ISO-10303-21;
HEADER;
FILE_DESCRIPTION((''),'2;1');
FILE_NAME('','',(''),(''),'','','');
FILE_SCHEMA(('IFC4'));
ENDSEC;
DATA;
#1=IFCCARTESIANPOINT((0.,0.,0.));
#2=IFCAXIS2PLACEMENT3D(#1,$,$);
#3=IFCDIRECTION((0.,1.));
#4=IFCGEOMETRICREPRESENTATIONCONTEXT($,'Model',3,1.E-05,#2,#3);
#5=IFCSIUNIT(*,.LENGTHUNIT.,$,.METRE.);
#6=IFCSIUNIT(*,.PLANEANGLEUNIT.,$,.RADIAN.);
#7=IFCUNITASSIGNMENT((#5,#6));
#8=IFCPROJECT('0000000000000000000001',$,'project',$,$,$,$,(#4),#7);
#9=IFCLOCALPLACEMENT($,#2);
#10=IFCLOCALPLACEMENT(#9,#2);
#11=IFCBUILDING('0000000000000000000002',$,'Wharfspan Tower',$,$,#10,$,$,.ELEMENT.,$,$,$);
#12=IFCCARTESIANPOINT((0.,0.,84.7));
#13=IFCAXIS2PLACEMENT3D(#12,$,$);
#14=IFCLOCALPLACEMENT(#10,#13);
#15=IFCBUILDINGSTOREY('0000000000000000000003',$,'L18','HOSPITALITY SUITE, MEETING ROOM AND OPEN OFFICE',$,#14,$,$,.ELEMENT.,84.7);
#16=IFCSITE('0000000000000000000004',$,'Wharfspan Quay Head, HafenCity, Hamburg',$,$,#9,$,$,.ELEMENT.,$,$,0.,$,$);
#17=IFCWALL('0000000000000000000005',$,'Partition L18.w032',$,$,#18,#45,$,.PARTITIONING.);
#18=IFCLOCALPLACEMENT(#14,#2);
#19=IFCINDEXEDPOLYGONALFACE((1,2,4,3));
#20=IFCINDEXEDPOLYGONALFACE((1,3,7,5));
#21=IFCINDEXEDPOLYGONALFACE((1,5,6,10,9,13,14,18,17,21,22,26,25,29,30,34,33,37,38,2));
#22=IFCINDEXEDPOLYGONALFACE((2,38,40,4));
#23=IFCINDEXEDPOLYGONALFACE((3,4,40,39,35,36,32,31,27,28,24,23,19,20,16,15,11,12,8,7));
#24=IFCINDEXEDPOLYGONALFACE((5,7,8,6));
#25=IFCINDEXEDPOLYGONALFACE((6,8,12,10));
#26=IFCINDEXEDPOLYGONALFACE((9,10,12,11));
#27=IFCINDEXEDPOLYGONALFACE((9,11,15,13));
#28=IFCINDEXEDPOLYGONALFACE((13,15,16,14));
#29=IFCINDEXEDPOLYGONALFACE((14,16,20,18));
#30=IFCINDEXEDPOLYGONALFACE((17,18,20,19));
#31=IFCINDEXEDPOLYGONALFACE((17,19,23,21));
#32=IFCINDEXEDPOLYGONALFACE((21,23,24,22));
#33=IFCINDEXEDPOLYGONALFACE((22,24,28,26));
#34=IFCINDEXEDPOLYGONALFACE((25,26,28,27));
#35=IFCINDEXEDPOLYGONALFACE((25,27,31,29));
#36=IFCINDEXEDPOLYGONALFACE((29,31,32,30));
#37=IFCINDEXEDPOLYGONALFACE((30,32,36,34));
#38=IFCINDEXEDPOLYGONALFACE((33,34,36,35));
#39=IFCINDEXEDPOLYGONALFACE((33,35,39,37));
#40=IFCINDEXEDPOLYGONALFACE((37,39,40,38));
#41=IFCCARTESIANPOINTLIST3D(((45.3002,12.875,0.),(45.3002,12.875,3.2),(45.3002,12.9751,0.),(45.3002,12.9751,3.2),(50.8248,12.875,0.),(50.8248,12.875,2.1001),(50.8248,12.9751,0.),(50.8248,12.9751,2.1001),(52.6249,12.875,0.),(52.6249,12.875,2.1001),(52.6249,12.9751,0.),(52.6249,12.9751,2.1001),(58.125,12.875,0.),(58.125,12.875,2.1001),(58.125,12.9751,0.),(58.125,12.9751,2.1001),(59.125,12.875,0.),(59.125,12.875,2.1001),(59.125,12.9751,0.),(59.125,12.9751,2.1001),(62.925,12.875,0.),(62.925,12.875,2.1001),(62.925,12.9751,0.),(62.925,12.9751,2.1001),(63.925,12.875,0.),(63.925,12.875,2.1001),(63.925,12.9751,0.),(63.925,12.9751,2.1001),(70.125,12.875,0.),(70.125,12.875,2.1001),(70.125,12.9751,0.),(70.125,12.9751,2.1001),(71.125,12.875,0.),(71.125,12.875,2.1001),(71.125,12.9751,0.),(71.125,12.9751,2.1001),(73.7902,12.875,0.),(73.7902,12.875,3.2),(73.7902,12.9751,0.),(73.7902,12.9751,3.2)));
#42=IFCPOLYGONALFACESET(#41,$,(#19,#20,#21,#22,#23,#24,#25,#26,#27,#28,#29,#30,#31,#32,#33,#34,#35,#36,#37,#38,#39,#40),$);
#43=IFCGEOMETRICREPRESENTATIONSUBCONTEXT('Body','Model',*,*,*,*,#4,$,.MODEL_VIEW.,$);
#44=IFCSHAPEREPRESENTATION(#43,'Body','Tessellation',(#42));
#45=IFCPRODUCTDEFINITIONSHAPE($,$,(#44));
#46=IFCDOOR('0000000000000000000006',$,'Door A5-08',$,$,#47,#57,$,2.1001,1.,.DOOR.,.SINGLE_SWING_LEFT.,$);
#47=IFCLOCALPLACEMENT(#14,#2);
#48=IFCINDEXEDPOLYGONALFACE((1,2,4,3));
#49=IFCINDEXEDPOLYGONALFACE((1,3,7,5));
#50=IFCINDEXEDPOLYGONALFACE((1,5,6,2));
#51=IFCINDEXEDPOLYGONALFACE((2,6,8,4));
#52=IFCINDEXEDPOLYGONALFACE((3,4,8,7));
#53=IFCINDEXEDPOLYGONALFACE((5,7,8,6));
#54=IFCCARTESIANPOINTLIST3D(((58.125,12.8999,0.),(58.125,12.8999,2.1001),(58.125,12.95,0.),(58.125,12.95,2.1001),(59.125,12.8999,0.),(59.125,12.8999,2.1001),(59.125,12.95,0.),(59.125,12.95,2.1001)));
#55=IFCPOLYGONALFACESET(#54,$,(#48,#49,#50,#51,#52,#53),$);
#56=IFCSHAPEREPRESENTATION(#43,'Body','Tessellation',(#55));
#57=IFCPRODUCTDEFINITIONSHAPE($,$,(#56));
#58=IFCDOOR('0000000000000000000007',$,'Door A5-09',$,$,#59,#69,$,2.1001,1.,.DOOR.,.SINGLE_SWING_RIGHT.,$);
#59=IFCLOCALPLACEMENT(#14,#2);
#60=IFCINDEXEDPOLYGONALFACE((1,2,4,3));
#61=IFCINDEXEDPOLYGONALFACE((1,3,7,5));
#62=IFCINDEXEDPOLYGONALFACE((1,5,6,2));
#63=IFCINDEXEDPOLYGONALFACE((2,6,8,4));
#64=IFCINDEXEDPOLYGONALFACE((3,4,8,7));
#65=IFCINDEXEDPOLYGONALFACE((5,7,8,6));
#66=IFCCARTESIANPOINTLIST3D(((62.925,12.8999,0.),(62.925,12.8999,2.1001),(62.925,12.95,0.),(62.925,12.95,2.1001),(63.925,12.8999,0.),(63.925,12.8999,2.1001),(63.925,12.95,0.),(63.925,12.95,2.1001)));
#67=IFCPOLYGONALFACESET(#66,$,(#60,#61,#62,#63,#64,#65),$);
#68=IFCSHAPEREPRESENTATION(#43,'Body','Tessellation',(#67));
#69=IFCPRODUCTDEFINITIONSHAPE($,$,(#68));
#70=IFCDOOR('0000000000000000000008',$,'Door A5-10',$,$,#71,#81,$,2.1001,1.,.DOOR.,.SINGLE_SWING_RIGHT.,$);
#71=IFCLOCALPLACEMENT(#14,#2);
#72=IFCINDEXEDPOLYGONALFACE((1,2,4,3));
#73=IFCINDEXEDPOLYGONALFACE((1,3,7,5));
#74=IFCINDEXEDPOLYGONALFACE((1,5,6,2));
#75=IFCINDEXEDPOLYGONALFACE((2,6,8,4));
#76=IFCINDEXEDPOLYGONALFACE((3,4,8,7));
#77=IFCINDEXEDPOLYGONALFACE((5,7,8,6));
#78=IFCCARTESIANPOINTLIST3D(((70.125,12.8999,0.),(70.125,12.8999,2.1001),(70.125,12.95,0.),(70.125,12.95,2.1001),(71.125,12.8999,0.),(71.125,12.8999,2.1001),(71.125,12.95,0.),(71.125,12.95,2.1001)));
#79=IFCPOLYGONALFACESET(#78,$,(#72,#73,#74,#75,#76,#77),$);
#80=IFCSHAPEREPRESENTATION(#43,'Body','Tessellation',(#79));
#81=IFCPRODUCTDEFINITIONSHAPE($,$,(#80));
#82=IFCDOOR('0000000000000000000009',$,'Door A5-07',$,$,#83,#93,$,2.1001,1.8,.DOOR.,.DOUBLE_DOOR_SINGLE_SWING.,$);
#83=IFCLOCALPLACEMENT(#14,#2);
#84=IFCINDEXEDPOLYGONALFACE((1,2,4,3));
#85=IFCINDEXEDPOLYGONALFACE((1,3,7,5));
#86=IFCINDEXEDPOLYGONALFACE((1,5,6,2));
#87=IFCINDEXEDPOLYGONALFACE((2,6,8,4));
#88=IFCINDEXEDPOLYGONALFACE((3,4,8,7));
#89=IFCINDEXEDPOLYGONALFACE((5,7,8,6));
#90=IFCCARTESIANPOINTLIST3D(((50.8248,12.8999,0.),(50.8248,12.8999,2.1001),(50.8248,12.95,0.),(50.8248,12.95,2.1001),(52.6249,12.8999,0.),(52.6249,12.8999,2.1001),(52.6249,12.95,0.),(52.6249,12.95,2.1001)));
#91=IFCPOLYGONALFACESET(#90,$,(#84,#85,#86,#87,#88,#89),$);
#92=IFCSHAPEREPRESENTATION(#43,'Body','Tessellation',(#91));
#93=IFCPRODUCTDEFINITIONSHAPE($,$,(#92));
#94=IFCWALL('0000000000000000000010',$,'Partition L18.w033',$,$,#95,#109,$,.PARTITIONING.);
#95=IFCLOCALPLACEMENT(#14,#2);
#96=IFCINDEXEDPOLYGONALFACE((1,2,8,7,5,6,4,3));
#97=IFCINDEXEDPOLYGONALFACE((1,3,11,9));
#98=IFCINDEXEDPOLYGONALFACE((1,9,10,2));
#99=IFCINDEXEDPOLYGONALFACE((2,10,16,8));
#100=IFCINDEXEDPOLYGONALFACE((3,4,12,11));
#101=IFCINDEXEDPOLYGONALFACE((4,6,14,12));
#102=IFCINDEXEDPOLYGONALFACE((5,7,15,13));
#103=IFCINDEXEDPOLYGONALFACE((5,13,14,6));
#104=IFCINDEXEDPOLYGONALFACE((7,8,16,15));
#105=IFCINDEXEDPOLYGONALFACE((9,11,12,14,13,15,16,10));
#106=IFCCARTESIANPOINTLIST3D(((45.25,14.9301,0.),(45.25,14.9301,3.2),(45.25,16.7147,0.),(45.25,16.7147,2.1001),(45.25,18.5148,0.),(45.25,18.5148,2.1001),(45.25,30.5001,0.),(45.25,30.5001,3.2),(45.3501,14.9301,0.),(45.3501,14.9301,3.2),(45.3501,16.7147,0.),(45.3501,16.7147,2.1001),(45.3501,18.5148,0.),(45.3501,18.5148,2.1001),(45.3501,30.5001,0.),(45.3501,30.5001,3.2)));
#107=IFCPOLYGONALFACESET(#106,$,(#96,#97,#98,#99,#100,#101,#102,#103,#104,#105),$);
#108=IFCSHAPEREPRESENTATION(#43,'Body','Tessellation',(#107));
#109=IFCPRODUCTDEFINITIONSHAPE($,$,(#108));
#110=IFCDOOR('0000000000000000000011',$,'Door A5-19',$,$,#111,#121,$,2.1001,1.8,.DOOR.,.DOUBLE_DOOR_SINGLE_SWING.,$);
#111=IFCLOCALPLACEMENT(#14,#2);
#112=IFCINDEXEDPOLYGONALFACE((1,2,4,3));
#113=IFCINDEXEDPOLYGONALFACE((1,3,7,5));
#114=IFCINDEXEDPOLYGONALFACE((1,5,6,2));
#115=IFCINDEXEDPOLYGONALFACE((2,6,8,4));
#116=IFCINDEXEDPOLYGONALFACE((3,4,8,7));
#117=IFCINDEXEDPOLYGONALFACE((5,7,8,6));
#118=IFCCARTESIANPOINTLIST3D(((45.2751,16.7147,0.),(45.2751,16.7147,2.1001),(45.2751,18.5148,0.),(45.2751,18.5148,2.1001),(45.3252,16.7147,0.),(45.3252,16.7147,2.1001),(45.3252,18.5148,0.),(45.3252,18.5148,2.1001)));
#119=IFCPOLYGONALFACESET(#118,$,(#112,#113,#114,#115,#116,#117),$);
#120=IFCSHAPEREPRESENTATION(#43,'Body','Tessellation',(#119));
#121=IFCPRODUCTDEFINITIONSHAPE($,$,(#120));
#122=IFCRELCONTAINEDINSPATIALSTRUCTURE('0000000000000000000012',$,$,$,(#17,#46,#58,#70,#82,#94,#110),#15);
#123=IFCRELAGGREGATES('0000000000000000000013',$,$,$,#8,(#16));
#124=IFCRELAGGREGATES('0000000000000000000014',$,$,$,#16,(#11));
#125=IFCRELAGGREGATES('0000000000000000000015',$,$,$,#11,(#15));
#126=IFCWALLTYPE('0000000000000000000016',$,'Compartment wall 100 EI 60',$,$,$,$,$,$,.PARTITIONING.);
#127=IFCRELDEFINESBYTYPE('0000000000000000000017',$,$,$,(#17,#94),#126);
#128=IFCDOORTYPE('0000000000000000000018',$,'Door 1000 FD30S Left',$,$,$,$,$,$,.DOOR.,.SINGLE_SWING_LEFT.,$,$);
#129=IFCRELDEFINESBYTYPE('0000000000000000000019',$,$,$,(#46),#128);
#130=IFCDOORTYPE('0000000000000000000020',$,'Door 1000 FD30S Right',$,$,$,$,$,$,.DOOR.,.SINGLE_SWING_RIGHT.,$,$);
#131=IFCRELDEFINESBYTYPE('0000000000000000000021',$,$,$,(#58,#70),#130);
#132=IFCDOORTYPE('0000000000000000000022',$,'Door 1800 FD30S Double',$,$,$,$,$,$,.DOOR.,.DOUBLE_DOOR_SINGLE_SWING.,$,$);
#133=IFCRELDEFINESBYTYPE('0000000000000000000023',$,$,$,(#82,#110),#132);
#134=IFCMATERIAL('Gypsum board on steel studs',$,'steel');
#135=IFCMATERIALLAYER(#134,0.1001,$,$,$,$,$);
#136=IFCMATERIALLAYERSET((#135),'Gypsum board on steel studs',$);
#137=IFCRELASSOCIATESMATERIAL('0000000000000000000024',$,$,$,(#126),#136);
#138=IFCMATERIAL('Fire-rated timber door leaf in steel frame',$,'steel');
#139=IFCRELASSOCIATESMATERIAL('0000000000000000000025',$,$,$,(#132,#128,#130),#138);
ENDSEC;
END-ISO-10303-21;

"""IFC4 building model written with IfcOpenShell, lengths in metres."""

from ifc_helpers import new_model, si_unit, direction, frame, frame_2d, origin, place, context, subcontext, project, spatial, rectangle, extrude, material, layer, layer_set, type_object, element, fill, save


model = new_model("IFC4")

# Units and contexts
model_context = context("Model", 3, precision=1e-05, world=origin(), true_north=direction((0.0, 1.0)))
body_context = subcontext(model_context, "Body", "Model", "MODEL_VIEW")
ifc_project = project(units=[si_unit("LENGTHUNIT", "METRE"), si_unit("PLANEANGLEUNIT", "RADIAN")], contexts=[model_context])

# Site, building, storey
site_placement = place(None, origin())
site = spatial("IfcSite", under=ifc_project, at=site_placement, Name="Wharfspan Quay Head, HafenCity, Hamburg", CompositionType="ELEMENT", RefElevation=0.0)
building_placement = place(site_placement, origin())
building = spatial("IfcBuilding", under=site, at=building_placement, Name="Wharfspan Tower", CompositionType="ELEMENT")
storey_placement = place(building_placement, frame((0.0, 0.0, 84.7)))
storey = spatial("IfcBuildingStorey", under=building, at=storey_placement, Name="L18", Description="HOSPITALITY SUITE, MEETING ROOM AND OPEN OFFICE", CompositionType="ELEMENT", Elevation=84.7)

# Shared definitions
ifc_material_1 = material(Name="Gypsum board on steel studs", Category="steel")
ifc_layer_1 = layer(ifc_material_1, 0.1001)
ifc_layer_set_1 = layer_set([ifc_layer_1], Name="Gypsum board on steel studs")
wall_type_1 = type_object("IfcWallType", Name="Compartment wall 100 EI 60", PredefinedType="PARTITIONING", material=ifc_layer_set_1)

# Shared definitions
ifc_material_2 = material(Name="Fire-rated timber door leaf in steel frame", Category="steel")
door_type_1 = type_object("IfcDoorType", Name="Door 1800 FD30S Double", OperationType="DOUBLE_DOOR_SINGLE_SWING", PredefinedType="DOOR", material=ifc_material_2)

# Wall, openings, doors
wall_1_placement = place(storey_placement, frame((45.3, 12.925, 0.0), z_axis=(0.0, 0.0, 1.0), x_axis=(1.0, 0.0, 0.0)))
wall_1 = element("IfcWall", 1, at=wall_1_placement, inside=storey, type_object=wall_type_1, Name="Partition L18.w032", PredefinedType="PARTITIONING", context=body_context, shape_type="SweptSolid", body=[
    extrude(rectangle(XDim=28.49, YDim=0.1001, at=frame_2d((14.2451, 0.0))), origin(), (0.0, 0.0, 1.0), 3.2),
])
opening_1_placement = place(wall_1_placement, frame((5.5249, 0.0, 0.0)))
opening_1 = element("IfcOpeningElement", 2, at=opening_1_placement, cuts=wall_1, PredefinedType="OPENING", context=body_context, shape_type="SweptSolid", body=[
    extrude(rectangle(XDim=1.8, YDim=2.1001, at=frame_2d((0.8999, 1.05))), frame((0.0, 0.0601, 0.0), z_axis=(0.0, -1.0, 0.0), x_axis=(1.0, 0.0, 0.0)), (0.0, 0.0, 1.0), 0.1201),
])
opening_2_placement = place(wall_1_placement, frame((12.825, 0.0, 0.0)))
opening_2 = element("IfcOpeningElement", 3, at=opening_2_placement, cuts=wall_1, PredefinedType="OPENING", context=body_context, shape_type="SweptSolid", body=[
    extrude(rectangle(XDim=1.0, YDim=2.1001, at=frame_2d((0.5, 1.05))), frame((0.0, 0.0601, 0.0), z_axis=(0.0, -1.0, 0.0), x_axis=(1.0, 0.0, 0.0)), (0.0, 0.0, 1.0), 0.1201),
])
opening_3_placement = place(wall_1_placement, frame((17.625, 0.0, 0.0)))
opening_3 = element("IfcOpeningElement", 4, at=opening_3_placement, cuts=wall_1, PredefinedType="OPENING", context=body_context, shape_type="SweptSolid", body=[
    extrude(rectangle(XDim=1.0, YDim=2.1001, at=frame_2d((0.5, 1.05))), frame((0.0, 0.0601, 0.0), z_axis=(0.0, -1.0, 0.0), x_axis=(1.0, 0.0, 0.0)), (0.0, 0.0, 1.0), 0.1201),
])
opening_4_placement = place(wall_1_placement, frame((24.825, 0.0, 0.0)))
opening_4 = element("IfcOpeningElement", 5, at=opening_4_placement, cuts=wall_1, PredefinedType="OPENING", context=body_context, shape_type="SweptSolid", body=[
    extrude(rectangle(XDim=1.0, YDim=2.1001, at=frame_2d((0.5, 1.05))), frame((0.0, 0.0601, 0.0), z_axis=(0.0, -1.0, 0.0), x_axis=(1.0, 0.0, 0.0)), (0.0, 0.0, 1.0), 0.1201),
])
door_type_2 = type_object("IfcDoorType", Name="Door 1000 FD30S Left", OperationType="SINGLE_SWING_LEFT", PredefinedType="DOOR", material=ifc_material_2)
door_1_placement = place(opening_2_placement, origin())
door_1 = element("IfcDoor", 6, at=door_1_placement, inside=storey, type_object=door_type_2, Name="Door A5-08", OperationType="SINGLE_SWING_LEFT", OverallHeight=2.1001, OverallWidth=1.0, PredefinedType="DOOR", context=body_context, shape_type="SweptSolid", body=[
    extrude(rectangle(XDim=1.0, YDim=2.1001, at=frame_2d((0.5, 1.05))), frame((0.0, 0.0249, 0.0), z_axis=(0.0, -1.0, 0.0), x_axis=(1.0, 0.0, 0.0)), (0.0, 0.0, 1.0), 0.05),
])
fill(opening_2, door_1)
door_type_3 = type_object("IfcDoorType", Name="Door 1000 FD30S Right", OperationType="SINGLE_SWING_RIGHT", PredefinedType="DOOR", material=ifc_material_2)
door_2_placement = place(opening_3_placement, origin())
door_2 = element("IfcDoor", 7, at=door_2_placement, inside=storey, type_object=door_type_3, Name="Door A5-09", OperationType="SINGLE_SWING_RIGHT", OverallHeight=2.1001, OverallWidth=1.0, PredefinedType="DOOR", context=body_context, shape_type="SweptSolid", body=[
    extrude(rectangle(XDim=1.0, YDim=2.1001, at=frame_2d((0.5, 1.05))), frame((0.0, 0.0249, 0.0), z_axis=(0.0, -1.0, 0.0), x_axis=(1.0, 0.0, 0.0)), (0.0, 0.0, 1.0), 0.05),
])
fill(opening_3, door_2)
door_3_placement = place(opening_4_placement, origin())
door_3 = element("IfcDoor", 8, at=door_3_placement, inside=storey, type_object=door_type_3, Name="Door A5-10", OperationType="SINGLE_SWING_RIGHT", OverallHeight=2.1001, OverallWidth=1.0, PredefinedType="DOOR", context=body_context, shape_type="SweptSolid", body=[
    extrude(rectangle(XDim=1.0, YDim=2.1001, at=frame_2d((0.5, 1.05))), frame((0.0, 0.0249, 0.0), z_axis=(0.0, -1.0, 0.0), x_axis=(1.0, 0.0, 0.0)), (0.0, 0.0, 1.0), 0.05),
])
fill(opening_4, door_3)
door_4_placement = place(opening_1_placement, origin())
door_4 = element("IfcDoor", 9, at=door_4_placement, inside=storey, type_object=door_type_1, Name="Door A5-07", OperationType="DOUBLE_DOOR_SINGLE_SWING", OverallHeight=2.1001, OverallWidth=1.8, PredefinedType="DOOR", context=body_context, shape_type="SweptSolid", body=[
    extrude(rectangle(XDim=1.8, YDim=2.1001, at=frame_2d((0.8999, 1.05))), frame((0.0, 0.0249, 0.0), z_axis=(0.0, -1.0, 0.0), x_axis=(1.0, 0.0, 0.0)), (0.0, 0.0, 1.0), 0.05),
])
fill(opening_1, door_4)

# Wall, opening, door
wall_2_placement = place(storey_placement, frame((45.3, 14.9299, 0.0), z_axis=(0.0, 0.0, 1.0), x_axis=(0.0, 1.0, 0.0)))
wall_2 = element("IfcWall", 10, at=wall_2_placement, inside=storey, type_object=wall_type_1, Name="Partition L18.w033", PredefinedType="PARTITIONING", context=body_context, shape_type="SweptSolid", body=[
    extrude(rectangle(XDim=15.5701, YDim=0.1001, at=frame_2d((7.7852, 0.0))), origin(), (0.0, 0.0, 1.0), 3.2),
])
opening_5_placement = place(wall_2_placement, frame((1.7849, 0.0, 0.0)))
opening_5 = element("IfcOpeningElement", 11, at=opening_5_placement, cuts=wall_2, PredefinedType="OPENING", context=body_context, shape_type="SweptSolid", body=[
    extrude(rectangle(XDim=1.8, YDim=2.1001, at=frame_2d((0.8999, 1.05))), frame((0.0, 0.0601, 0.0), z_axis=(0.0, -1.0, 0.0), x_axis=(1.0, 0.0, 0.0)), (0.0, 0.0, 1.0), 0.1201),
])
door_5_placement = place(opening_5_placement, origin())
door_5 = element("IfcDoor", 12, at=door_5_placement, inside=storey, type_object=door_type_1, Name="Door A5-19", OperationType="DOUBLE_DOOR_SINGLE_SWING", OverallHeight=2.1001, OverallWidth=1.8, PredefinedType="DOOR", context=body_context, shape_type="SweptSolid", body=[
    extrude(rectangle(XDim=1.8, YDim=2.1001, at=frame_2d((0.8999, 1.05))), frame((0.0, 0.0249, 0.0), z_axis=(0.0, -1.0, 0.0), x_axis=(1.0, 0.0, 0.0)), (0.0, 0.0, 1.0), 0.05),
])
fill(opening_5, door_5)

save(model, "model.ifc")
